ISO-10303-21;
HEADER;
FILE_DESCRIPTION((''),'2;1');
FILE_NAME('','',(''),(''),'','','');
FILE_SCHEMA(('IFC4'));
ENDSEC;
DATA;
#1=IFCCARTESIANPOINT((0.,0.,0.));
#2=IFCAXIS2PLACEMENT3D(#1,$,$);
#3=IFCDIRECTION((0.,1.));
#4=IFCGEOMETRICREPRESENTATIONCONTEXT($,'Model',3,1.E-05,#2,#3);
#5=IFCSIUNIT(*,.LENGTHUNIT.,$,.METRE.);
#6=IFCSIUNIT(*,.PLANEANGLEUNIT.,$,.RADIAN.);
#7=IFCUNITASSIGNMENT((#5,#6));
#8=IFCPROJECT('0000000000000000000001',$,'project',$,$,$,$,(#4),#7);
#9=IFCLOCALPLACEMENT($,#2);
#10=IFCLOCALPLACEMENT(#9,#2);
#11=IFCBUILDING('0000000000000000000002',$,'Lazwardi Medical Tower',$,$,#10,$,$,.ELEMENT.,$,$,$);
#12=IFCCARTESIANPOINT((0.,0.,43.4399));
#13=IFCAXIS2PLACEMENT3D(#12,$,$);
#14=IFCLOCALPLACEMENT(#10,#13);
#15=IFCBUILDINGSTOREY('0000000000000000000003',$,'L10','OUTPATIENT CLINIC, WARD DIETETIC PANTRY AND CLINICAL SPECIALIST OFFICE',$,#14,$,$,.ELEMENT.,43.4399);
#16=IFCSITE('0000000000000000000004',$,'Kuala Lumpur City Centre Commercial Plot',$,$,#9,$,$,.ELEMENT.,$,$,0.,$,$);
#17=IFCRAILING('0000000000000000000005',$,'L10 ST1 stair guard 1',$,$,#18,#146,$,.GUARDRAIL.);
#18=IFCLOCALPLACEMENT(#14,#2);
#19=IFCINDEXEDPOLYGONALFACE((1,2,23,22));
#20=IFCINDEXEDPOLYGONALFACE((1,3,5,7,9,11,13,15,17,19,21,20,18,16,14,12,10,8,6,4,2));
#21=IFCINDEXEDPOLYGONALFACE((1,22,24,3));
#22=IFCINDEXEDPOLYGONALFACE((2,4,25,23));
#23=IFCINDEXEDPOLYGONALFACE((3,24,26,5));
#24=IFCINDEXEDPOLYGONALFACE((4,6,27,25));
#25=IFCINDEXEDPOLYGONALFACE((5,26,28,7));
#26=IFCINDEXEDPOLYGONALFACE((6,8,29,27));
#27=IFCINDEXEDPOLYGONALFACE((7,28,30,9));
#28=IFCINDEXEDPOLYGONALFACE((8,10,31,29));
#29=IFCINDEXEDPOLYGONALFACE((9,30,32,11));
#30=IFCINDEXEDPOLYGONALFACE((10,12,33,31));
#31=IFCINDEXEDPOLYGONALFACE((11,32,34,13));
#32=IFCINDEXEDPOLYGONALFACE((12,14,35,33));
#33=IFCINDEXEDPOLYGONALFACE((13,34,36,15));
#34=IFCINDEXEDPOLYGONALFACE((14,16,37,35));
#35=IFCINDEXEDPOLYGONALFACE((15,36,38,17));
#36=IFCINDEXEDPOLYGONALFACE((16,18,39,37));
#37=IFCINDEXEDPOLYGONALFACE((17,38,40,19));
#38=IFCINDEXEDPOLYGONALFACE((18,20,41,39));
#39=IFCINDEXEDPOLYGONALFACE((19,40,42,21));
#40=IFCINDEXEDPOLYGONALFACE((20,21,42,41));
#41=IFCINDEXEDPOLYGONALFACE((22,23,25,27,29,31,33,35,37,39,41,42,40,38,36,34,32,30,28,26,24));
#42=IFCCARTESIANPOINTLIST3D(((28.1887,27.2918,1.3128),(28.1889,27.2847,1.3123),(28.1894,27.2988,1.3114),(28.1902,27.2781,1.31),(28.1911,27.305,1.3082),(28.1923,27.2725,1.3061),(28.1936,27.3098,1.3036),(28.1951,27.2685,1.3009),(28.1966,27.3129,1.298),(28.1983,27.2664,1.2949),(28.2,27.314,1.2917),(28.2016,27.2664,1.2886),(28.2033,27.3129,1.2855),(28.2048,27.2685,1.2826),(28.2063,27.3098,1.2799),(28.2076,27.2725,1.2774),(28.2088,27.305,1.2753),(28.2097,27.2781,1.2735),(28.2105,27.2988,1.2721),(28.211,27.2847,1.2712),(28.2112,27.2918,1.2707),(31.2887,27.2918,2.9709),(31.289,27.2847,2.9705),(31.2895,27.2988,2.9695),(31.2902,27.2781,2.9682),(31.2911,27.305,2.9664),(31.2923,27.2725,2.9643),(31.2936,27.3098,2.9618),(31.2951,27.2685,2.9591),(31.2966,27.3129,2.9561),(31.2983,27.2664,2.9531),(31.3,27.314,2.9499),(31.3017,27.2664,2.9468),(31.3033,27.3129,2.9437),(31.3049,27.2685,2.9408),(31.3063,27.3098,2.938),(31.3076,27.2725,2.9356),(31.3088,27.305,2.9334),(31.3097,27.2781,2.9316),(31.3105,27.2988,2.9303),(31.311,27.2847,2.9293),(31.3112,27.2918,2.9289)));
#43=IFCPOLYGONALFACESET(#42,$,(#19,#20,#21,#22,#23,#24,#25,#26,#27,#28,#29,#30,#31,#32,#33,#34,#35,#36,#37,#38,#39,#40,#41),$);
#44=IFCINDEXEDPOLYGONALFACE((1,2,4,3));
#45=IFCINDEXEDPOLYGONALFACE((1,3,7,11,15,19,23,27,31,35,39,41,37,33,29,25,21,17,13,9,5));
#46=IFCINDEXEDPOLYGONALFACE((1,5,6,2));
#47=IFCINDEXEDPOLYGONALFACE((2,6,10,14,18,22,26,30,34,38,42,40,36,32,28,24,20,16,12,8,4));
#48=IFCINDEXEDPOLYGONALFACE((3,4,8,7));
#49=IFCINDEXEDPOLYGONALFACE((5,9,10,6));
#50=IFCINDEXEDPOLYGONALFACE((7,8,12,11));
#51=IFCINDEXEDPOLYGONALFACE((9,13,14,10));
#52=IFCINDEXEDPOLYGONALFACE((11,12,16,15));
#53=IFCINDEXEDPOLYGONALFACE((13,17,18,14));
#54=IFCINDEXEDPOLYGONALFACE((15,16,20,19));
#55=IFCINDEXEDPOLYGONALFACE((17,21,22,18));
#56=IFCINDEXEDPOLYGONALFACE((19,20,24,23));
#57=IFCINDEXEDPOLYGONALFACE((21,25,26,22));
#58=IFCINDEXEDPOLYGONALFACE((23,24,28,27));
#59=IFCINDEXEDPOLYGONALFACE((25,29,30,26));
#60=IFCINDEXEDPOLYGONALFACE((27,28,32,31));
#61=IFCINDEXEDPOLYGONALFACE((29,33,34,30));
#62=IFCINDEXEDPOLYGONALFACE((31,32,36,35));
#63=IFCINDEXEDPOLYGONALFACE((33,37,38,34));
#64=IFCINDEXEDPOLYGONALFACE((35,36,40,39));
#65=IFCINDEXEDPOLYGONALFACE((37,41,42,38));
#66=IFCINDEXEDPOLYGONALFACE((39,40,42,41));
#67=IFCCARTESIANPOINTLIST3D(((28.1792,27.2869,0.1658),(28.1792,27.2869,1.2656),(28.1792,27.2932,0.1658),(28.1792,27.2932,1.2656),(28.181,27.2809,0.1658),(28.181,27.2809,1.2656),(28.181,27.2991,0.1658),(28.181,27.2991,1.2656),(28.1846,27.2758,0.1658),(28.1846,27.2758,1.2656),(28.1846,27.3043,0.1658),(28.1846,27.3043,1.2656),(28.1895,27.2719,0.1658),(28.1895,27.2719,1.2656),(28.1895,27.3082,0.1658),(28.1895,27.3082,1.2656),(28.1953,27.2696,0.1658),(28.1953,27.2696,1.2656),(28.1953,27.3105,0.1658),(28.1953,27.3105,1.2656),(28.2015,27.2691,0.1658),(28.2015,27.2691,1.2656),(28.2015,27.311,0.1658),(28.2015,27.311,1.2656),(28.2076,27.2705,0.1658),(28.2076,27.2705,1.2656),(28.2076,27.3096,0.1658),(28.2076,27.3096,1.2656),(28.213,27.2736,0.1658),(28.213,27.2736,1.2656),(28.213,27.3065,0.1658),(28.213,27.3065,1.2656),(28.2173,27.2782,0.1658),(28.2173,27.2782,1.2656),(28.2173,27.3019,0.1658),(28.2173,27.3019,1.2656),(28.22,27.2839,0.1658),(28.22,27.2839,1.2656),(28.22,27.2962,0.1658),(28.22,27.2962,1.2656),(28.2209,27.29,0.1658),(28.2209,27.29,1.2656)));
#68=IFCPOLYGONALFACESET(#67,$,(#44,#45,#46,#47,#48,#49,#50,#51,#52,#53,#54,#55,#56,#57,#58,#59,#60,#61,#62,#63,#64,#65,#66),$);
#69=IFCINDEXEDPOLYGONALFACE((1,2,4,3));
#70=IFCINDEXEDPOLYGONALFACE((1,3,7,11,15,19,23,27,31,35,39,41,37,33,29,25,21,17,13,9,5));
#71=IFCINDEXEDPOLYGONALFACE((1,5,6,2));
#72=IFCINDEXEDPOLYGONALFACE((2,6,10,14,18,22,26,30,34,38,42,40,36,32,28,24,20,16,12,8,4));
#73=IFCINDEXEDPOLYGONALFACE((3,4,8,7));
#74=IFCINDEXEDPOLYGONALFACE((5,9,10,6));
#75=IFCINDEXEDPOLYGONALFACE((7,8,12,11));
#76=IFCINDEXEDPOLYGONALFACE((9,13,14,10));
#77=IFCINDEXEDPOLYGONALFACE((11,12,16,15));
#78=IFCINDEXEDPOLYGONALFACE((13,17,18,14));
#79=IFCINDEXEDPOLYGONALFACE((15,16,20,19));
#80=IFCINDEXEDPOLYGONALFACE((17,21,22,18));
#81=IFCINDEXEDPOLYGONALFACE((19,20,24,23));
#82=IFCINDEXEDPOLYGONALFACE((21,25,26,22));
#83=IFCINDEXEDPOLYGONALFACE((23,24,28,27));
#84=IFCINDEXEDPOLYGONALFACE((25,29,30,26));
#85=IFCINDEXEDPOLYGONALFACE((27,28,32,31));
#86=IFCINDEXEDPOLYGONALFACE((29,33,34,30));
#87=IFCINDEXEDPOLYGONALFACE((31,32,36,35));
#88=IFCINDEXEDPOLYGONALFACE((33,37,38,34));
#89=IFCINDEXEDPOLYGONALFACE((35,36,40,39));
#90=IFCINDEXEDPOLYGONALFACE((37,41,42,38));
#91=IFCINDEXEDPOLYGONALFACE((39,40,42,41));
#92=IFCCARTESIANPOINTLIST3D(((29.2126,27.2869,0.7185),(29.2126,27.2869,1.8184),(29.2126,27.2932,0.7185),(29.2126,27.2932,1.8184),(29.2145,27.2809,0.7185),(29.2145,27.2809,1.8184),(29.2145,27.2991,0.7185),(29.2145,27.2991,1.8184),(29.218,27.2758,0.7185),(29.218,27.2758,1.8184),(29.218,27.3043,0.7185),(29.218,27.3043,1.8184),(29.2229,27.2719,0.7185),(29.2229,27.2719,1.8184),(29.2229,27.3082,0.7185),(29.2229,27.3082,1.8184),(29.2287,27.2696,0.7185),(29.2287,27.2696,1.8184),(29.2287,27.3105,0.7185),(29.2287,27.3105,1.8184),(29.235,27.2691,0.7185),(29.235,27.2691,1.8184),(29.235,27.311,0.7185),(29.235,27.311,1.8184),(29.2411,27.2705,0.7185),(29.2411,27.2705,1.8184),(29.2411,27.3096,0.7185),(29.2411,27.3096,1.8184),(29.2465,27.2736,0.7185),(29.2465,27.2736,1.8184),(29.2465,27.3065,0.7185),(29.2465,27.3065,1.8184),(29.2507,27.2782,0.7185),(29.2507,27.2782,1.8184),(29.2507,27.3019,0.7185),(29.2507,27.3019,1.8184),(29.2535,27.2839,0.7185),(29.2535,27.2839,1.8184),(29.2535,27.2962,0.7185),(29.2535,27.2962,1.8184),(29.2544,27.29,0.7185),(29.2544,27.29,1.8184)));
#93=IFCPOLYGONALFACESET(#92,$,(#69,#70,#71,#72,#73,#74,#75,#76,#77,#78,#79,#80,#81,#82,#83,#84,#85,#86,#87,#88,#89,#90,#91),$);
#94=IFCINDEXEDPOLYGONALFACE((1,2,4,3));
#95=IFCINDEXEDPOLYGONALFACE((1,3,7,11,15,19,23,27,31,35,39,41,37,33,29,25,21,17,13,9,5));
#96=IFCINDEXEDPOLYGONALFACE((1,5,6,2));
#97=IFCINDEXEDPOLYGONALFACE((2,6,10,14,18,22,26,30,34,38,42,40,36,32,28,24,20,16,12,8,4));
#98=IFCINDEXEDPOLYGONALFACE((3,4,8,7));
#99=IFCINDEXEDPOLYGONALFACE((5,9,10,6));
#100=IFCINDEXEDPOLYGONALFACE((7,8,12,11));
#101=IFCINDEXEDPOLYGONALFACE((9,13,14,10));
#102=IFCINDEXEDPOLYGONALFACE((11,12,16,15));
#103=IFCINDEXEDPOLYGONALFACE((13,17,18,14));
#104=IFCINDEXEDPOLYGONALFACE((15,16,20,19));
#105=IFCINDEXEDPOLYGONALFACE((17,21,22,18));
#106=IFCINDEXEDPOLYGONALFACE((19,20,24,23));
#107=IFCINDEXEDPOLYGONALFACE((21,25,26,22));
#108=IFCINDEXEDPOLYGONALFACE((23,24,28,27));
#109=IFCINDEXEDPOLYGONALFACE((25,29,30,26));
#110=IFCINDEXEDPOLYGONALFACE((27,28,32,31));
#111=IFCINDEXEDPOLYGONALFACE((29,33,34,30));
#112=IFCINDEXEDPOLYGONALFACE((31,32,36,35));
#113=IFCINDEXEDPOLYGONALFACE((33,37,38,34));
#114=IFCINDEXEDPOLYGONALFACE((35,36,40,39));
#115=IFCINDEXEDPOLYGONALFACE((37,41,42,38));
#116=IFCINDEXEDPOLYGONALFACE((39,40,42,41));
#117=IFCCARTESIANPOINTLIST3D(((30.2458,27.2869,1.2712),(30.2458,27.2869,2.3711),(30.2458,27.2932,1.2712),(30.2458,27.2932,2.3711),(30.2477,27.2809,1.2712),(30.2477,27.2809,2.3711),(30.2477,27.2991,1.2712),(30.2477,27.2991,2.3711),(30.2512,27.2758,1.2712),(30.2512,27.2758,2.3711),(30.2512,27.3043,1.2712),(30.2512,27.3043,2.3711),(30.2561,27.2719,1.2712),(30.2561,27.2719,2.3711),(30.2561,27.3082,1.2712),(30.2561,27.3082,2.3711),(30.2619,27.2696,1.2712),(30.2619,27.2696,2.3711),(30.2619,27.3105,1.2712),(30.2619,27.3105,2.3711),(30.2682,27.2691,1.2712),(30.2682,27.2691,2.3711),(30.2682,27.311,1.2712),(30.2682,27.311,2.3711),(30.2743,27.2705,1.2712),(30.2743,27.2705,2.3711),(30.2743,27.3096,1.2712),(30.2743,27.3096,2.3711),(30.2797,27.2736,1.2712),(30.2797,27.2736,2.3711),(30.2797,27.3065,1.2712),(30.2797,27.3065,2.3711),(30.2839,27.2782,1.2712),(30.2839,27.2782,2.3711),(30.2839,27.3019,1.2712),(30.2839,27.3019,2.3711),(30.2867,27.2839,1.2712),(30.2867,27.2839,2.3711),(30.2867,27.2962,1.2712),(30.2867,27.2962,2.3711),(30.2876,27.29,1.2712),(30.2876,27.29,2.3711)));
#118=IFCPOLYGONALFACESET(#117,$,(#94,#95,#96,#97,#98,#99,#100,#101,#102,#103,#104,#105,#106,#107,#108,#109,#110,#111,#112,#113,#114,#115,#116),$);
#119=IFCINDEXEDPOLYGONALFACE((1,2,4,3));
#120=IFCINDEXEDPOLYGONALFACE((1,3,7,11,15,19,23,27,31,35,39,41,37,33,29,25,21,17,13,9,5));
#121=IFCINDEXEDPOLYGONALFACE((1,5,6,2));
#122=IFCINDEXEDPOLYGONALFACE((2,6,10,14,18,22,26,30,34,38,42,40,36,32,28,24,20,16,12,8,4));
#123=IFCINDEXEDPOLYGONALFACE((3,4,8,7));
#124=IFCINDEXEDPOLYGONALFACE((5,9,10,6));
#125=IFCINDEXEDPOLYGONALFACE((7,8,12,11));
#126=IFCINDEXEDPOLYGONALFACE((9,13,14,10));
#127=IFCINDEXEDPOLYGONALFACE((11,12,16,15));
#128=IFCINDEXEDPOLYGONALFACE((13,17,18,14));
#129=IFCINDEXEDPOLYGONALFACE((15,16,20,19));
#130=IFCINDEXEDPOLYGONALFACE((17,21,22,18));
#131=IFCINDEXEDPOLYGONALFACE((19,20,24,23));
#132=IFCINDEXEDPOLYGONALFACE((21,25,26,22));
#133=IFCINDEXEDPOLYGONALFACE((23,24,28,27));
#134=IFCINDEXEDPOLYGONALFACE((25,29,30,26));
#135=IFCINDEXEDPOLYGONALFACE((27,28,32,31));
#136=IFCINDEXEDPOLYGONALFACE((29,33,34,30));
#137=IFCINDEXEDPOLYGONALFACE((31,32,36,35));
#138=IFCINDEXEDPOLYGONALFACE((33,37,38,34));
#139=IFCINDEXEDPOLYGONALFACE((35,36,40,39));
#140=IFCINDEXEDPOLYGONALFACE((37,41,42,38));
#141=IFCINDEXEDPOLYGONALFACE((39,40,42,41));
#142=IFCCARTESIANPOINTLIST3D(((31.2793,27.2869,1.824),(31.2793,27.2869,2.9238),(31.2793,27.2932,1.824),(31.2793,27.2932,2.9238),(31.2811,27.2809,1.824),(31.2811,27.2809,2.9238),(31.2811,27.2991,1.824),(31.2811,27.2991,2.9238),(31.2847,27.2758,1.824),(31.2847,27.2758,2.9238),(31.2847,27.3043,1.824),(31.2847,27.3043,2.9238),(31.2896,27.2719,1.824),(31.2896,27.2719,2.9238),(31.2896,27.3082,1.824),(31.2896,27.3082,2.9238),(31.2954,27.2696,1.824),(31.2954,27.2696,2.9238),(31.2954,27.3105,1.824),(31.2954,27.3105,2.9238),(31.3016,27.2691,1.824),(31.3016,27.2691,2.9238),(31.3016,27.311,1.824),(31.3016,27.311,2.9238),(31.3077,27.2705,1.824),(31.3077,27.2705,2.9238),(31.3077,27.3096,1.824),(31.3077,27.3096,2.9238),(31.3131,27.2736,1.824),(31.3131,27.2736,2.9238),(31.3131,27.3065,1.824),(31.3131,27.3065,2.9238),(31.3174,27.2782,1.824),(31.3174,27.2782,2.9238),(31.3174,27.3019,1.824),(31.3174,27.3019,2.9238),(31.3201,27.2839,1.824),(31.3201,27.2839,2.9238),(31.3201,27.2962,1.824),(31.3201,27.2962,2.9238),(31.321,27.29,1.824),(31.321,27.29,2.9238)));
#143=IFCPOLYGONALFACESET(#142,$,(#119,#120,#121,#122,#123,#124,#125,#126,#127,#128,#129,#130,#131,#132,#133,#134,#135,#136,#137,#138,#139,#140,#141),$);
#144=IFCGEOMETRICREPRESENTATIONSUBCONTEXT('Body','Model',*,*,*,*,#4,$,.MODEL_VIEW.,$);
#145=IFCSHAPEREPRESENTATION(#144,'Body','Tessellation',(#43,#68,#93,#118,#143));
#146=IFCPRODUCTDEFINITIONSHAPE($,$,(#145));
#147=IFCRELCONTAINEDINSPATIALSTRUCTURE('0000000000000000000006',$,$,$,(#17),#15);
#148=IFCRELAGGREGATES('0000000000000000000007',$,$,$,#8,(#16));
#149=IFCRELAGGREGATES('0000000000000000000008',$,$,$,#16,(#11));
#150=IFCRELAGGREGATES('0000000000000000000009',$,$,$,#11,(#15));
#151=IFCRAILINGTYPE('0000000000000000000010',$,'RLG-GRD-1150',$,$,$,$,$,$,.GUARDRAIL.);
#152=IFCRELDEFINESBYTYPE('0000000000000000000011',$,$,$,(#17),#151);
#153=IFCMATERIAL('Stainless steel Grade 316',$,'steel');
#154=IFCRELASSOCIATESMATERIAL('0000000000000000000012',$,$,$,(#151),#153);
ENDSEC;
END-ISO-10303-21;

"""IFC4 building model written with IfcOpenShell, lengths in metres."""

from ifc_helpers import new_model, si_unit, direction, frame, origin, origin_2d, place, context, subcontext, project, spatial, circle, extrude, material, type_object, element, save


model = new_model("IFC4")

# Units and contexts
model_context = context("Model", 3, precision=1e-05, world=origin(), true_north=direction((0.0, 1.0)))
body_context = subcontext(model_context, "Body", "Model", "MODEL_VIEW")
ifc_project = project(units=[si_unit("LENGTHUNIT", "METRE"), si_unit("PLANEANGLEUNIT", "RADIAN")], contexts=[model_context])

# Site, building, storey
site_placement = place(None, origin())
site = spatial("IfcSite", under=ifc_project, at=site_placement, Name="Kuala Lumpur City Centre Commercial Plot", CompositionType="ELEMENT", RefElevation=0.0)
building_placement = place(site_placement, origin())
building = spatial("IfcBuilding", under=site, at=building_placement, Name="Lazwardi Medical Tower", CompositionType="ELEMENT")
storey_placement = place(building_placement, frame((0.0, 0.0, 43.4399)))
storey = spatial("IfcBuildingStorey", under=building, at=storey_placement, Name="L10", Description="OUTPATIENT CLINIC, WARD DIETETIC PANTRY AND CLINICAL SPECIALIST OFFICE", CompositionType="ELEMENT", Elevation=43.4399)

# Railing
ifc_material_1 = material(Name="Stainless steel Grade 316", Category="steel")
railing_type_1 = type_object("IfcRailingType", Name="RLG-GRD-1150", PredefinedType="GUARDRAIL", material=ifc_material_1)
railing_1_placement = place(storey_placement, frame((28.2, 27.29, 0.1658)))
element("IfcRailing", 1, at=railing_1_placement, inside=storey, type_object=railing_type_1, Name="L10 ST1 stair guard 1", PredefinedType="GUARDRAIL", context=body_context, shape_type="SweptSolid", body=[
    extrude(circle(Radius=0.0239, at=origin_2d()), frame((0.0, 0.0, 1.126), z_axis=(0.881783, 0.0, 0.471655), x_axis=(0.0, 1.0, 0.0)), (0.0, 0.0, 1.0), 3.5156),
    extrude(circle(Radius=0.021, at=origin_2d()), origin(), (0.0, 0.0, 1.0), 1.0999),
    extrude(circle(Radius=0.021, at=origin_2d()), frame((1.0334, 0.0, 0.5527)), (0.0, 0.0, 1.0), 1.0999),
    extrude(circle(Radius=0.021, at=origin_2d()), frame((2.0667, 0.0, 1.1055)), (0.0, 0.0, 1.0), 1.0999),
    extrude(circle(Radius=0.021, at=origin_2d()), frame((3.1001, 0.0, 1.6582)), (0.0, 0.0, 1.0), 1.0999),
])

save(model, "model.ifc")
